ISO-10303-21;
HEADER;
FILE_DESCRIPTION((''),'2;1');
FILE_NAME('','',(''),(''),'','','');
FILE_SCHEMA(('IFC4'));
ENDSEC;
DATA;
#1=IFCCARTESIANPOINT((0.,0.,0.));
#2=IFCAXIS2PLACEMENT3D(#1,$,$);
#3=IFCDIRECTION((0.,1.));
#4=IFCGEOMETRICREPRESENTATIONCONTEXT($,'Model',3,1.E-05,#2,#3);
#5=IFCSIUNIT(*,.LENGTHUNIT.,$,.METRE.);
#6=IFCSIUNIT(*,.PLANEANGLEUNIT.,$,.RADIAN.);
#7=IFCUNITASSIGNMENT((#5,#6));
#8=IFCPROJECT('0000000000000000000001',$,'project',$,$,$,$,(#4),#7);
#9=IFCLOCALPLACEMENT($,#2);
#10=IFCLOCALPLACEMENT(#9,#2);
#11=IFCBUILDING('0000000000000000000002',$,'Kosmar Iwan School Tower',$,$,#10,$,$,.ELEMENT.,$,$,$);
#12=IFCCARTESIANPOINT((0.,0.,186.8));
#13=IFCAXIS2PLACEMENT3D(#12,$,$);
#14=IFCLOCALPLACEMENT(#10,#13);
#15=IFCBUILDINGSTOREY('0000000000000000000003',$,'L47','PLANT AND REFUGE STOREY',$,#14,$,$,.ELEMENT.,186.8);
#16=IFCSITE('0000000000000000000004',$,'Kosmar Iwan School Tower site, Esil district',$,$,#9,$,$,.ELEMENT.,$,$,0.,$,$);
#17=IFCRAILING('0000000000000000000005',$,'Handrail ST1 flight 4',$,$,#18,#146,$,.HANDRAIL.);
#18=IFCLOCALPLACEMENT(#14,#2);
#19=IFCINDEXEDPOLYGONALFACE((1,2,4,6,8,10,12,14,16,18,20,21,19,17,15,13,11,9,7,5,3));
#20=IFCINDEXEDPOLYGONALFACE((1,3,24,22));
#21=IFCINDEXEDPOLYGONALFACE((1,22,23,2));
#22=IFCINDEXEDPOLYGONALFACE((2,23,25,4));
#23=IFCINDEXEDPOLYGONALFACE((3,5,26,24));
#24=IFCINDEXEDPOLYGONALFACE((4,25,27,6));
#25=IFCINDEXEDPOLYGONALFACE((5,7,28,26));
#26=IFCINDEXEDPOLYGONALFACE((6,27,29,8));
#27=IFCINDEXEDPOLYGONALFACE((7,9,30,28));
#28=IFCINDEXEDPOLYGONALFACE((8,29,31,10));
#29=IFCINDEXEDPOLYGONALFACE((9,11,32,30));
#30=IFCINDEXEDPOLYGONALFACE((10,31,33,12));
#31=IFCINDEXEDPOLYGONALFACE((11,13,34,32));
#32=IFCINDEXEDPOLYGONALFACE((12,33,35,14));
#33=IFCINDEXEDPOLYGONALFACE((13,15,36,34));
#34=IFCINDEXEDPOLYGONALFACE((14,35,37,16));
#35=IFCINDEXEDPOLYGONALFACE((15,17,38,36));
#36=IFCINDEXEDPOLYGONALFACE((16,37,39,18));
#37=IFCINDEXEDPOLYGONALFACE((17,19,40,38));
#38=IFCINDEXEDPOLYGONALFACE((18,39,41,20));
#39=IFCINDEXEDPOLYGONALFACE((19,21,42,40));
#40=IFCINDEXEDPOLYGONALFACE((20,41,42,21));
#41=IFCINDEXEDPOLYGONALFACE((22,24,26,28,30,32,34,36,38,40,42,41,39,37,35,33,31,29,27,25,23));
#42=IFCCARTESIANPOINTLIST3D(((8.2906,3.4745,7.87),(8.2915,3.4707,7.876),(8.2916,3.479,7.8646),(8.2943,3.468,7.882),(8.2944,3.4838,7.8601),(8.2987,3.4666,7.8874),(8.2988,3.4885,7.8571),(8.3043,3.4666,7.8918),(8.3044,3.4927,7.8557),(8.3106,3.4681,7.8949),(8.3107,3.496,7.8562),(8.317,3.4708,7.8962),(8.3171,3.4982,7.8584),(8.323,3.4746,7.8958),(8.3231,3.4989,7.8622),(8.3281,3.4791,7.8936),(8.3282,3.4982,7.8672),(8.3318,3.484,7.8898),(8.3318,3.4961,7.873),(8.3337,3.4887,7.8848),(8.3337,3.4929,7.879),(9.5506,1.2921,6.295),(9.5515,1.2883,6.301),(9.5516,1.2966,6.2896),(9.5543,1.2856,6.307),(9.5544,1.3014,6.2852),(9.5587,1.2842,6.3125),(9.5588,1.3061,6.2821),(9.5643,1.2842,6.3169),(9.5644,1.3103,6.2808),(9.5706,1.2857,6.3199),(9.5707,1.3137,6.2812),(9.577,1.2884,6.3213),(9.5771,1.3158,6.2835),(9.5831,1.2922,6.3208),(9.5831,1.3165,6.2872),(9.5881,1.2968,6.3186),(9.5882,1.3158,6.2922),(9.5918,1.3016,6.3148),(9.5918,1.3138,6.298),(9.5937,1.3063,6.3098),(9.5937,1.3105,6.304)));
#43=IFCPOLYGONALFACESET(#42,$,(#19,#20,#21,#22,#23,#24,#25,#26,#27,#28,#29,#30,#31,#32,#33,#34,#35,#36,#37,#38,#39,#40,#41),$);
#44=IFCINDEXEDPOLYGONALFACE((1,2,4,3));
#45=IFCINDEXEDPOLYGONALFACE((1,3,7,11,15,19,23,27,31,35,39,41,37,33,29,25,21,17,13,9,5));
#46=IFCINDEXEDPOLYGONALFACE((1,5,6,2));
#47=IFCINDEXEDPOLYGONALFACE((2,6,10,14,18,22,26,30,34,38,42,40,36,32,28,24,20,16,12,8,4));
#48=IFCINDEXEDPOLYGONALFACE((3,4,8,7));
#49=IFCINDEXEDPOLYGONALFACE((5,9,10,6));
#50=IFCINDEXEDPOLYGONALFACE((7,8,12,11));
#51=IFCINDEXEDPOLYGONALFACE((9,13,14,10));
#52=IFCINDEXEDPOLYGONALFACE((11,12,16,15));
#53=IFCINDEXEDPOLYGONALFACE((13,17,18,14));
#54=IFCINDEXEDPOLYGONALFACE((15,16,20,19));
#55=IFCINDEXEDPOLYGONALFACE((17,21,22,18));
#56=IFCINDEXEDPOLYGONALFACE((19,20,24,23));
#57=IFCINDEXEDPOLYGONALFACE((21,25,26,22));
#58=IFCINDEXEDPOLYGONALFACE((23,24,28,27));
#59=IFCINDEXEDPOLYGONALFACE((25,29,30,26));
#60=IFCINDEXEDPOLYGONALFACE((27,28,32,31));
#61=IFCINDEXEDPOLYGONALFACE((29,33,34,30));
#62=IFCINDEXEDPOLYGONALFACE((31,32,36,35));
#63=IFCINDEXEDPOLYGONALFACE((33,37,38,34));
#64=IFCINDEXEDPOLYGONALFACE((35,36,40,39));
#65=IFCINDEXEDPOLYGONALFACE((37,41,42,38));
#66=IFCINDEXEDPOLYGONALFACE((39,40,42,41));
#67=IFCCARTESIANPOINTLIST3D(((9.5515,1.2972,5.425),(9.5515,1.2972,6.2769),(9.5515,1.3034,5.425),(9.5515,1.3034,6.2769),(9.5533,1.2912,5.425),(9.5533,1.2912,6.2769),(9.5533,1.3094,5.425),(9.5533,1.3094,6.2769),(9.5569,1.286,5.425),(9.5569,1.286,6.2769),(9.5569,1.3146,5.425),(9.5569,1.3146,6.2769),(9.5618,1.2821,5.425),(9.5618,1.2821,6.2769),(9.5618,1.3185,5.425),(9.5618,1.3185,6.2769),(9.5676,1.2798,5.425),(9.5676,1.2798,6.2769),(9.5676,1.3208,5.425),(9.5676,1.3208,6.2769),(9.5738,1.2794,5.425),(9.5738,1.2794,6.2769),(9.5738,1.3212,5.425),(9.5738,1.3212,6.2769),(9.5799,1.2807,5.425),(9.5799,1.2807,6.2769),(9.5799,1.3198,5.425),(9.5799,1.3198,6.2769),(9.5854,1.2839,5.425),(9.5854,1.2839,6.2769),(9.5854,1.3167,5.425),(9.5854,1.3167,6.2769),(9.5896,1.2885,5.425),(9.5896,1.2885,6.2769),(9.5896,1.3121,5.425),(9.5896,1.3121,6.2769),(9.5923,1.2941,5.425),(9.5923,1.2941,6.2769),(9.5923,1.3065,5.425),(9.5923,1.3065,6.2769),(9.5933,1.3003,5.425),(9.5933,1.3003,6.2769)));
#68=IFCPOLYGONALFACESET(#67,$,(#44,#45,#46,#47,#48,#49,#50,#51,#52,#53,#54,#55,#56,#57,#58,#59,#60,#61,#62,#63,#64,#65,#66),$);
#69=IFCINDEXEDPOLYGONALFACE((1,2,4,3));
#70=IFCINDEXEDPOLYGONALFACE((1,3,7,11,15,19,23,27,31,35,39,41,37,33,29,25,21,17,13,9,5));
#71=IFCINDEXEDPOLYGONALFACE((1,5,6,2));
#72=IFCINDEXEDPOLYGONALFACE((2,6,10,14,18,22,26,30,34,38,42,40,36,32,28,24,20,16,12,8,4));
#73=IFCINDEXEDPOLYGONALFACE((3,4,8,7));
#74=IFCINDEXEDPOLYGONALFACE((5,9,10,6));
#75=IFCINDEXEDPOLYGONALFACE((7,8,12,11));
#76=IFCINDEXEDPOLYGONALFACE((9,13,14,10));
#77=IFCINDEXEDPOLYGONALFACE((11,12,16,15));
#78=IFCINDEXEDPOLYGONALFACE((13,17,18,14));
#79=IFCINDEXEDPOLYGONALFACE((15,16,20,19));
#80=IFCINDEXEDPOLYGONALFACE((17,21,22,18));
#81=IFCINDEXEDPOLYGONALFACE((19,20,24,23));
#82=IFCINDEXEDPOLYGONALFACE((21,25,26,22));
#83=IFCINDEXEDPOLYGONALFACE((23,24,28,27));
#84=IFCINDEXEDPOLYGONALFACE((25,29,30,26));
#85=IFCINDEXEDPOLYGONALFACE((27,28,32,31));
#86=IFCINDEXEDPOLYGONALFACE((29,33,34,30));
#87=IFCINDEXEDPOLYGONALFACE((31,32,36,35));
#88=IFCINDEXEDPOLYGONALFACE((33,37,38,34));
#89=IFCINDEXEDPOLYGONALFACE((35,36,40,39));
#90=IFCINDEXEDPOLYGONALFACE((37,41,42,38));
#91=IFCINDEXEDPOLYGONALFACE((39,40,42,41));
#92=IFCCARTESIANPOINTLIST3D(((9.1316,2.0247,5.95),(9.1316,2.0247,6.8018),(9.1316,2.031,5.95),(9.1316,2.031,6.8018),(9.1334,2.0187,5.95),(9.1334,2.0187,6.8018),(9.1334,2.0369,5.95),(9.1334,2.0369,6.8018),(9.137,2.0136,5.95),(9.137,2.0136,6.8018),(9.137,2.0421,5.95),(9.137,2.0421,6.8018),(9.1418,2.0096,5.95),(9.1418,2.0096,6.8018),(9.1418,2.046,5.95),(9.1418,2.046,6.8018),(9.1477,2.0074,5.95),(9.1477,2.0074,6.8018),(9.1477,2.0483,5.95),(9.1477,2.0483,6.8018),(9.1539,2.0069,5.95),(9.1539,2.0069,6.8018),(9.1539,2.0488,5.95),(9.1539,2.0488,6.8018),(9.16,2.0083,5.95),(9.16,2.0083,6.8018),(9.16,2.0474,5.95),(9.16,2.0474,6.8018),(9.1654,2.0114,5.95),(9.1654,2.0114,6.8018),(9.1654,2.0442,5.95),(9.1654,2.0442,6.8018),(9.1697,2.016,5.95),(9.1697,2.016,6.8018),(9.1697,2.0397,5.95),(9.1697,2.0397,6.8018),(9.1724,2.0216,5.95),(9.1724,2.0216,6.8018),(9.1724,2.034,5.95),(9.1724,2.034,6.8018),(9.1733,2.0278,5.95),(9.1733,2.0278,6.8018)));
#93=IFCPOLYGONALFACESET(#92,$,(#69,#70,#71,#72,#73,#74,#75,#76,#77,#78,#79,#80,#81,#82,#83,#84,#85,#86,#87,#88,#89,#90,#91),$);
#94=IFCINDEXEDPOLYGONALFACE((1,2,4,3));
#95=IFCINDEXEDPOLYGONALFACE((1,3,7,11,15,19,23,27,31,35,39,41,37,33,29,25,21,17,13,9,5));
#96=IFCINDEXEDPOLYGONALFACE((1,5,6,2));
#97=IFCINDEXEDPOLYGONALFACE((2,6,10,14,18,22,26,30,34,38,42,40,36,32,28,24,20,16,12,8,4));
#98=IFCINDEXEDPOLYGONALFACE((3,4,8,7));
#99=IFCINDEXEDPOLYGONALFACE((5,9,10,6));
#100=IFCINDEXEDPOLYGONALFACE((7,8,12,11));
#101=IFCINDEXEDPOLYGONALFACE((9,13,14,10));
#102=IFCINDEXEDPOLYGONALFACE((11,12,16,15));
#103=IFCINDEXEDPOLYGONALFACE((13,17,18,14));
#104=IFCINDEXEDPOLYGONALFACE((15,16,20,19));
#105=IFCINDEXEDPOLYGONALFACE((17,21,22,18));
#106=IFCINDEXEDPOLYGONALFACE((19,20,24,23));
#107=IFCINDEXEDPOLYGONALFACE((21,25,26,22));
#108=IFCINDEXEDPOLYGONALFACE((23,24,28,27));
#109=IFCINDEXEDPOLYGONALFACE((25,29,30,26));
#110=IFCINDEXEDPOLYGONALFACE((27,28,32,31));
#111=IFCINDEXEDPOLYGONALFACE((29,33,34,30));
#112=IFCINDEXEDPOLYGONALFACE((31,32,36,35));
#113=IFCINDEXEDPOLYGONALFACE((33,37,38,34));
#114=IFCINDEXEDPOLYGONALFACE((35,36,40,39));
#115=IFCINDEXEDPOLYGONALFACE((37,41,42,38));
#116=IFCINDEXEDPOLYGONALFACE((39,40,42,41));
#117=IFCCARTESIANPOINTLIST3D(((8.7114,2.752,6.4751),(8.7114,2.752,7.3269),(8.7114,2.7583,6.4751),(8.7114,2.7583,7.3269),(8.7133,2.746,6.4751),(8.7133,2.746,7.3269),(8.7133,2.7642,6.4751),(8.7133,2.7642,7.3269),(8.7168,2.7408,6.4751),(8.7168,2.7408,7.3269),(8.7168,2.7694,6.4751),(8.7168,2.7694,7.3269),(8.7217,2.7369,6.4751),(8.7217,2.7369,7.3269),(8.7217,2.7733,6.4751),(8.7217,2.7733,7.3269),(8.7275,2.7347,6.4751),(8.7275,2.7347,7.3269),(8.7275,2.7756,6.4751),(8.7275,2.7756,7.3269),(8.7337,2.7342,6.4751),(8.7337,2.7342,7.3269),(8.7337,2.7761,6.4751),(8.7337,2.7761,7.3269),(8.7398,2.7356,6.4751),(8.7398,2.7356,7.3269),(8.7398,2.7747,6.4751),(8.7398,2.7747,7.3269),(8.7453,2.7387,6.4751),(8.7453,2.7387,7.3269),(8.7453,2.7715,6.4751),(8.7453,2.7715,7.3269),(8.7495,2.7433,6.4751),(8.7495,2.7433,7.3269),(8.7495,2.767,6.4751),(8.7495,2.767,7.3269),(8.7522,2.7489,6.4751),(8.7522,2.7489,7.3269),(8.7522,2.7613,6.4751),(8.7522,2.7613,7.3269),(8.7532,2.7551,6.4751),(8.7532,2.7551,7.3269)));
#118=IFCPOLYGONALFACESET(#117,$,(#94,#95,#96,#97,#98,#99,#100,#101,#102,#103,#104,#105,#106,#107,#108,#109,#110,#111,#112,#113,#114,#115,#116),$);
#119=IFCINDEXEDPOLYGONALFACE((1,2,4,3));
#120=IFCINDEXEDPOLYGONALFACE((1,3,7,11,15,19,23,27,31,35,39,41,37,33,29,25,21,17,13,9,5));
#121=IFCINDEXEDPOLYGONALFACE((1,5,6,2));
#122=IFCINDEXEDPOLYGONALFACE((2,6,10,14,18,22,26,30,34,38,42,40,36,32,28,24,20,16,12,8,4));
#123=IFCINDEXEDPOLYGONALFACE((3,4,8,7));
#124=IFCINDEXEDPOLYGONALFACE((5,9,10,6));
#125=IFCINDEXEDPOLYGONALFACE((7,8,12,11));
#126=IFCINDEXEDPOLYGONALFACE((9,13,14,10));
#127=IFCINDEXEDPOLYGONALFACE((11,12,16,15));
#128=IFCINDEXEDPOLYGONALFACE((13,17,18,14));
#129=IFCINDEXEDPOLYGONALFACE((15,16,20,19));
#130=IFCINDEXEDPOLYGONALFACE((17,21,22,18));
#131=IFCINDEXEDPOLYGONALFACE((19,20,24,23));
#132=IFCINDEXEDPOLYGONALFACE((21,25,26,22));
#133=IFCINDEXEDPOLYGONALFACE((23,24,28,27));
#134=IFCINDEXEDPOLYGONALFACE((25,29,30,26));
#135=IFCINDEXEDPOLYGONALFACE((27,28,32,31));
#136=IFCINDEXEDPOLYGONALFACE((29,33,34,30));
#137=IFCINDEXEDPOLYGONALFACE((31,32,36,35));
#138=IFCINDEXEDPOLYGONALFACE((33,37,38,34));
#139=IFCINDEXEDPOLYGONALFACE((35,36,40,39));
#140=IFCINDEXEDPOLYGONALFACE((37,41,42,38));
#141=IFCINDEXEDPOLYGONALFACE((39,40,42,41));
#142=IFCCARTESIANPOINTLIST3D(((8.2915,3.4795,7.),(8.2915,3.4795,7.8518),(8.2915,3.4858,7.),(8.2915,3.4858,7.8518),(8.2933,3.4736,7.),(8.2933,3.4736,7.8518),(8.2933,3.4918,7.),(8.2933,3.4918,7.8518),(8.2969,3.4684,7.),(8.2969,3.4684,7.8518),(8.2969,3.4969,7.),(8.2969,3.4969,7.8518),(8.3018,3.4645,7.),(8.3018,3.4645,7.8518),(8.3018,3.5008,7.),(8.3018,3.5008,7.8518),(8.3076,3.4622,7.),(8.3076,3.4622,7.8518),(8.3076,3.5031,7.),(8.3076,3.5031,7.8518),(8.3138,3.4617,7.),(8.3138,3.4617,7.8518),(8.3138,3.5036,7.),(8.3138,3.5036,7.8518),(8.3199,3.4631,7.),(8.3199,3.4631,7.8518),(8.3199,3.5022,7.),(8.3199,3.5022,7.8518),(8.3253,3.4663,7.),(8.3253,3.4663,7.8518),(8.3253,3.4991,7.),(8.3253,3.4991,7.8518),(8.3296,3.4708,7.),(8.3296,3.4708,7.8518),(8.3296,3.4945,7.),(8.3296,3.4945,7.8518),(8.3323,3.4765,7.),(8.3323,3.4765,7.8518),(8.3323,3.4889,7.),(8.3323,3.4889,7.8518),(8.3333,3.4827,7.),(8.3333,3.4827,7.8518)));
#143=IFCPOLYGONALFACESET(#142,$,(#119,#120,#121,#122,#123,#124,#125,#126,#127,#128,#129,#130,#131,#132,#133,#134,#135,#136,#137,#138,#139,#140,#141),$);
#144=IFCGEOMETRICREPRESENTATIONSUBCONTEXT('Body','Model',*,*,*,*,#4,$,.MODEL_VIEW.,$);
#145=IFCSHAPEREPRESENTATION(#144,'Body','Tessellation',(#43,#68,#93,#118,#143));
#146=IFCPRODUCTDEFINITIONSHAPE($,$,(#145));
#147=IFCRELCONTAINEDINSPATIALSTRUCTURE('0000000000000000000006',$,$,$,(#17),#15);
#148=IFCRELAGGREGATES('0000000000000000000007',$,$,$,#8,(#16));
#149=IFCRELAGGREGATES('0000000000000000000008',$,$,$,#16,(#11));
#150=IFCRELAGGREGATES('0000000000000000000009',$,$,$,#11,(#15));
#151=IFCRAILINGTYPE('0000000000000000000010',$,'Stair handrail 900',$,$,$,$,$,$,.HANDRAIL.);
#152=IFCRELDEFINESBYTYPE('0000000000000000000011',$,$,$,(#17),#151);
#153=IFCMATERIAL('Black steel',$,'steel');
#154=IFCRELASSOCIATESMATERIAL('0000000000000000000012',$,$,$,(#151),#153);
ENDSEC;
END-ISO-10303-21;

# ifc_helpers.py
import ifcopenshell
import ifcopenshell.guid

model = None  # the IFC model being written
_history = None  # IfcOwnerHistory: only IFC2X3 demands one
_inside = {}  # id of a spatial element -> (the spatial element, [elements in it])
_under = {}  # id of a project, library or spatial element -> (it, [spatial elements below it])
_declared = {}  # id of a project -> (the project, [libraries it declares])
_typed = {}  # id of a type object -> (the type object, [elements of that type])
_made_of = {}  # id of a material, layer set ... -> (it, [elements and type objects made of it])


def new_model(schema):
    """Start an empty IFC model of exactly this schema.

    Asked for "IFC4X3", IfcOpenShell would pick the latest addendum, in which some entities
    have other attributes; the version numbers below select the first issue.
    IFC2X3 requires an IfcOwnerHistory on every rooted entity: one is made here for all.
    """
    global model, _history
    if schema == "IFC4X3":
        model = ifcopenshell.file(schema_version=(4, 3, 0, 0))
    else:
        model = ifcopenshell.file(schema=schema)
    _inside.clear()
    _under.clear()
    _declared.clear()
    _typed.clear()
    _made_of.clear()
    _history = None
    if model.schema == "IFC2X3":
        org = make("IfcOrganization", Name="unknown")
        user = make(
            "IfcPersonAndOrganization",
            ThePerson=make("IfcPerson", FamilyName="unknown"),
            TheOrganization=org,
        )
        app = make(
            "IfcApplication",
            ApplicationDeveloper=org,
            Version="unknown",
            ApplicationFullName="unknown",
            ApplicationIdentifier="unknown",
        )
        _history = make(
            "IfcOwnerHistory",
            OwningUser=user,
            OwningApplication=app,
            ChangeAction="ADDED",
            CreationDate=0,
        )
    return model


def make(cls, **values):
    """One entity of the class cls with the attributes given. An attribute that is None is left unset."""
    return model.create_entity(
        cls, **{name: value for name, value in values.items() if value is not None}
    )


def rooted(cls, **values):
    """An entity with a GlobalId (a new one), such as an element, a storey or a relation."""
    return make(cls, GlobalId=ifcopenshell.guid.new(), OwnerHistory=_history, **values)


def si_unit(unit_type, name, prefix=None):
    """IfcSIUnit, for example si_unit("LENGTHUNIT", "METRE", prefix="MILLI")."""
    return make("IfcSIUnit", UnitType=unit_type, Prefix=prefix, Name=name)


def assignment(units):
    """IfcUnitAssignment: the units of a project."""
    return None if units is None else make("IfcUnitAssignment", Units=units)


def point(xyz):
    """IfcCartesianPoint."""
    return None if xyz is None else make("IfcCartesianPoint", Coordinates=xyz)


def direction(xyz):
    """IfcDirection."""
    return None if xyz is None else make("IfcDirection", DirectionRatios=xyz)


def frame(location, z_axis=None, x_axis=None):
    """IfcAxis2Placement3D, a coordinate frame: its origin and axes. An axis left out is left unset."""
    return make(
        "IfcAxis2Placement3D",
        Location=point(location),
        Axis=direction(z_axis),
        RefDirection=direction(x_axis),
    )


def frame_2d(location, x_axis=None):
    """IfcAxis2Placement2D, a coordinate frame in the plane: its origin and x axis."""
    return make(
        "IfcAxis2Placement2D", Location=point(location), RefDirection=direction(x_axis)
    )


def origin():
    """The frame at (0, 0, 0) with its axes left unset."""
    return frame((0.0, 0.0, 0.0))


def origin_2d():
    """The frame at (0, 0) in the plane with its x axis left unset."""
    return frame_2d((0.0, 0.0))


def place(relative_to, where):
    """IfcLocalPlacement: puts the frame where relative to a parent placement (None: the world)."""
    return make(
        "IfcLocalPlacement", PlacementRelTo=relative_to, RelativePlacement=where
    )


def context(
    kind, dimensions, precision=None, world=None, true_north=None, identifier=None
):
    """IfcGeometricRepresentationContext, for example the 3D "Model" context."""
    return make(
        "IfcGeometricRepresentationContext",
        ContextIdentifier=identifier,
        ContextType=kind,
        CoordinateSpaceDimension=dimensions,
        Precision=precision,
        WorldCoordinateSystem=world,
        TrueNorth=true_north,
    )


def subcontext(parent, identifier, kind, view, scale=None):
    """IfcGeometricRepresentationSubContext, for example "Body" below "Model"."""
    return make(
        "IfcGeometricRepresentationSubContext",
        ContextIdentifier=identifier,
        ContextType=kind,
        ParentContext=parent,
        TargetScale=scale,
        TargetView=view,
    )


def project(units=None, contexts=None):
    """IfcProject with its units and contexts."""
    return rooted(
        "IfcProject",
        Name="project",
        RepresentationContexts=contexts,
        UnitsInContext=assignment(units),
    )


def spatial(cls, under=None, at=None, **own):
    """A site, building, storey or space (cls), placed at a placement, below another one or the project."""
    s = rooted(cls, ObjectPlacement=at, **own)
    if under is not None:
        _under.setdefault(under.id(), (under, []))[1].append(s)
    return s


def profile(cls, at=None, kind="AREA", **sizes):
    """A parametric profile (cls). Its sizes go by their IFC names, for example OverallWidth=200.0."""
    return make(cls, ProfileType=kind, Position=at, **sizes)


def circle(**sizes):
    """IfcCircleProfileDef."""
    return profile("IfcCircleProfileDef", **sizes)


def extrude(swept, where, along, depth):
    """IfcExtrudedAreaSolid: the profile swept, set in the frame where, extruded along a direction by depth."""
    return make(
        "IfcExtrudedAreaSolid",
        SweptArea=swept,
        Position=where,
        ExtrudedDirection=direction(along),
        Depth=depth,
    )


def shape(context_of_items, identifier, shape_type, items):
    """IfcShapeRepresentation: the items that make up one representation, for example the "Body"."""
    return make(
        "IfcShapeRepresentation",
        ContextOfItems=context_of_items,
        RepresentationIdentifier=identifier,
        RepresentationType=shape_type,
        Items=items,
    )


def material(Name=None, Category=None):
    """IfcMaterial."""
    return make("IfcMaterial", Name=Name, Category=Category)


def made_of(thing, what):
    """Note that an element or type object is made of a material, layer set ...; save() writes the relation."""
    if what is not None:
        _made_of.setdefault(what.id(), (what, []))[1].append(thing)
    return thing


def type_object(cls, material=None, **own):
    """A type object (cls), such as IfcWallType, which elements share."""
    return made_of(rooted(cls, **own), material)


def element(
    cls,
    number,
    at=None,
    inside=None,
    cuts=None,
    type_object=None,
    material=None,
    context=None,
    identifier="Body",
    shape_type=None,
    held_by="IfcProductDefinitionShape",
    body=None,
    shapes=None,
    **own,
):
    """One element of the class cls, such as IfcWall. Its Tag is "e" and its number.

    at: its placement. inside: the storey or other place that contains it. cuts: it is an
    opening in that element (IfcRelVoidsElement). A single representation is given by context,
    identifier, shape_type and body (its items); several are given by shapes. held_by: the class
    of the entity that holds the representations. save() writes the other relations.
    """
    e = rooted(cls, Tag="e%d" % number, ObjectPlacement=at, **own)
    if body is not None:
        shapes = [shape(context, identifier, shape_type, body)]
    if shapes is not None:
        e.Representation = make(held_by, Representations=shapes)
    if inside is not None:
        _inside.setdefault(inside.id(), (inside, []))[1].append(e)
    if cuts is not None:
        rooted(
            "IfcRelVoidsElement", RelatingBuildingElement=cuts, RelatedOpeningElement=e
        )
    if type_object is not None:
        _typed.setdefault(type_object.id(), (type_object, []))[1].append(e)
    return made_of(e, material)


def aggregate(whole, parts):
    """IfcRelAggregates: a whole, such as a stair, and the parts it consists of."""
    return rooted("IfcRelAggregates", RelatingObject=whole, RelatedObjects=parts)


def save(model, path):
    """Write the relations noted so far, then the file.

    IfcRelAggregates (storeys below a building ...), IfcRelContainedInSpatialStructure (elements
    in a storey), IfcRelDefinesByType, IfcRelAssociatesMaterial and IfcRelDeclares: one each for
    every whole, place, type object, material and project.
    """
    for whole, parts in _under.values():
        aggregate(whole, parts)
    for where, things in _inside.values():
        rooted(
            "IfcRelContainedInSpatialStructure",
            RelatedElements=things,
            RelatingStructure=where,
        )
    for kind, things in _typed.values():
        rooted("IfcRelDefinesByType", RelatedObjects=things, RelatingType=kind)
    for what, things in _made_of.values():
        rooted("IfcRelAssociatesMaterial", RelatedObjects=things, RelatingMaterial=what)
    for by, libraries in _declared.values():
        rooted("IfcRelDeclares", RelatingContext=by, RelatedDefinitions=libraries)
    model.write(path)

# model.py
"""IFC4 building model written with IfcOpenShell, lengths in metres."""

from ifc_helpers import new_model, si_unit, direction, frame, origin, origin_2d, place, context, subcontext, project, spatial, circle, extrude, material, type_object, element, save


model = new_model("IFC4")

# Units and contexts
model_context = context("Model", 3, precision=1e-05, world=origin(), true_north=direction((0.0, 1.0)))
body_context = subcontext(model_context, "Body", "Model", "MODEL_VIEW")
ifc_project = project(units=[si_unit("LENGTHUNIT", "METRE"), si_unit("PLANEANGLEUNIT", "RADIAN")], contexts=[model_context])

# Site, building, storey
site_placement = place(None, origin())
site = spatial("IfcSite", under=ifc_project, at=site_placement, Name="Kosmar Iwan School Tower site, Esil district", CompositionType="ELEMENT", RefElevation=0.0)
building_placement = place(site_placement, origin())
building = spatial("IfcBuilding", under=site, at=building_placement, Name="Kosmar Iwan School Tower", CompositionType="ELEMENT")
storey_placement = place(building_placement, frame((0.0, 0.0, 186.8)))
storey = spatial("IfcBuildingStorey", under=building, at=storey_placement, Name="L47", Description="PLANT AND REFUGE STOREY", CompositionType="ELEMENT", Elevation=186.8)

# Railing
ifc_material_1 = material(Name="Black steel", Category="steel")
railing_type = type_object("IfcRailingType", Name="Stair handrail 900", PredefinedType="HANDRAIL", material=ifc_material_1)
for number, where, name in (
    (1, (9.5723, 1.3003, 5.425), "Handrail ST1 flight 4"),
):
    element("IfcRailing", number, at=place(storey_placement, frame(where)), inside=storey, type_object=railing_type, Name=name, PredefinedType="HANDRAIL", context=body_context, shape_type="SweptSolid", body=[
        extrude(circle(Radius=0.0239, at=origin_2d()), frame((0.0, 0.0, 0.876), z_axis=(-0.424007, 0.734392, 0.529988), x_axis=(-0.866023, -0.500005, 0.0)), (0.0, 0.0, 1.0), 2.9717),
        extrude(circle(Radius=0.021, at=origin_2d()), origin(), (0.0, 0.0, 1.0), 0.8518),
        extrude(circle(Radius=0.021, at=origin_2d()), frame((-0.4199, 0.7275, 0.5249)), (0.0, 0.0, 1.0), 0.8518),
        extrude(circle(Radius=0.021, at=origin_2d()), frame((-0.8401, 1.4548, 1.05)), (0.0, 0.0, 1.0), 0.8518),
        extrude(circle(Radius=0.021, at=origin_2d()), frame((-1.26, 2.1824, 1.575)), (0.0, 0.0, 1.0), 0.8518),
    ])

save(model, "model.ifc")
